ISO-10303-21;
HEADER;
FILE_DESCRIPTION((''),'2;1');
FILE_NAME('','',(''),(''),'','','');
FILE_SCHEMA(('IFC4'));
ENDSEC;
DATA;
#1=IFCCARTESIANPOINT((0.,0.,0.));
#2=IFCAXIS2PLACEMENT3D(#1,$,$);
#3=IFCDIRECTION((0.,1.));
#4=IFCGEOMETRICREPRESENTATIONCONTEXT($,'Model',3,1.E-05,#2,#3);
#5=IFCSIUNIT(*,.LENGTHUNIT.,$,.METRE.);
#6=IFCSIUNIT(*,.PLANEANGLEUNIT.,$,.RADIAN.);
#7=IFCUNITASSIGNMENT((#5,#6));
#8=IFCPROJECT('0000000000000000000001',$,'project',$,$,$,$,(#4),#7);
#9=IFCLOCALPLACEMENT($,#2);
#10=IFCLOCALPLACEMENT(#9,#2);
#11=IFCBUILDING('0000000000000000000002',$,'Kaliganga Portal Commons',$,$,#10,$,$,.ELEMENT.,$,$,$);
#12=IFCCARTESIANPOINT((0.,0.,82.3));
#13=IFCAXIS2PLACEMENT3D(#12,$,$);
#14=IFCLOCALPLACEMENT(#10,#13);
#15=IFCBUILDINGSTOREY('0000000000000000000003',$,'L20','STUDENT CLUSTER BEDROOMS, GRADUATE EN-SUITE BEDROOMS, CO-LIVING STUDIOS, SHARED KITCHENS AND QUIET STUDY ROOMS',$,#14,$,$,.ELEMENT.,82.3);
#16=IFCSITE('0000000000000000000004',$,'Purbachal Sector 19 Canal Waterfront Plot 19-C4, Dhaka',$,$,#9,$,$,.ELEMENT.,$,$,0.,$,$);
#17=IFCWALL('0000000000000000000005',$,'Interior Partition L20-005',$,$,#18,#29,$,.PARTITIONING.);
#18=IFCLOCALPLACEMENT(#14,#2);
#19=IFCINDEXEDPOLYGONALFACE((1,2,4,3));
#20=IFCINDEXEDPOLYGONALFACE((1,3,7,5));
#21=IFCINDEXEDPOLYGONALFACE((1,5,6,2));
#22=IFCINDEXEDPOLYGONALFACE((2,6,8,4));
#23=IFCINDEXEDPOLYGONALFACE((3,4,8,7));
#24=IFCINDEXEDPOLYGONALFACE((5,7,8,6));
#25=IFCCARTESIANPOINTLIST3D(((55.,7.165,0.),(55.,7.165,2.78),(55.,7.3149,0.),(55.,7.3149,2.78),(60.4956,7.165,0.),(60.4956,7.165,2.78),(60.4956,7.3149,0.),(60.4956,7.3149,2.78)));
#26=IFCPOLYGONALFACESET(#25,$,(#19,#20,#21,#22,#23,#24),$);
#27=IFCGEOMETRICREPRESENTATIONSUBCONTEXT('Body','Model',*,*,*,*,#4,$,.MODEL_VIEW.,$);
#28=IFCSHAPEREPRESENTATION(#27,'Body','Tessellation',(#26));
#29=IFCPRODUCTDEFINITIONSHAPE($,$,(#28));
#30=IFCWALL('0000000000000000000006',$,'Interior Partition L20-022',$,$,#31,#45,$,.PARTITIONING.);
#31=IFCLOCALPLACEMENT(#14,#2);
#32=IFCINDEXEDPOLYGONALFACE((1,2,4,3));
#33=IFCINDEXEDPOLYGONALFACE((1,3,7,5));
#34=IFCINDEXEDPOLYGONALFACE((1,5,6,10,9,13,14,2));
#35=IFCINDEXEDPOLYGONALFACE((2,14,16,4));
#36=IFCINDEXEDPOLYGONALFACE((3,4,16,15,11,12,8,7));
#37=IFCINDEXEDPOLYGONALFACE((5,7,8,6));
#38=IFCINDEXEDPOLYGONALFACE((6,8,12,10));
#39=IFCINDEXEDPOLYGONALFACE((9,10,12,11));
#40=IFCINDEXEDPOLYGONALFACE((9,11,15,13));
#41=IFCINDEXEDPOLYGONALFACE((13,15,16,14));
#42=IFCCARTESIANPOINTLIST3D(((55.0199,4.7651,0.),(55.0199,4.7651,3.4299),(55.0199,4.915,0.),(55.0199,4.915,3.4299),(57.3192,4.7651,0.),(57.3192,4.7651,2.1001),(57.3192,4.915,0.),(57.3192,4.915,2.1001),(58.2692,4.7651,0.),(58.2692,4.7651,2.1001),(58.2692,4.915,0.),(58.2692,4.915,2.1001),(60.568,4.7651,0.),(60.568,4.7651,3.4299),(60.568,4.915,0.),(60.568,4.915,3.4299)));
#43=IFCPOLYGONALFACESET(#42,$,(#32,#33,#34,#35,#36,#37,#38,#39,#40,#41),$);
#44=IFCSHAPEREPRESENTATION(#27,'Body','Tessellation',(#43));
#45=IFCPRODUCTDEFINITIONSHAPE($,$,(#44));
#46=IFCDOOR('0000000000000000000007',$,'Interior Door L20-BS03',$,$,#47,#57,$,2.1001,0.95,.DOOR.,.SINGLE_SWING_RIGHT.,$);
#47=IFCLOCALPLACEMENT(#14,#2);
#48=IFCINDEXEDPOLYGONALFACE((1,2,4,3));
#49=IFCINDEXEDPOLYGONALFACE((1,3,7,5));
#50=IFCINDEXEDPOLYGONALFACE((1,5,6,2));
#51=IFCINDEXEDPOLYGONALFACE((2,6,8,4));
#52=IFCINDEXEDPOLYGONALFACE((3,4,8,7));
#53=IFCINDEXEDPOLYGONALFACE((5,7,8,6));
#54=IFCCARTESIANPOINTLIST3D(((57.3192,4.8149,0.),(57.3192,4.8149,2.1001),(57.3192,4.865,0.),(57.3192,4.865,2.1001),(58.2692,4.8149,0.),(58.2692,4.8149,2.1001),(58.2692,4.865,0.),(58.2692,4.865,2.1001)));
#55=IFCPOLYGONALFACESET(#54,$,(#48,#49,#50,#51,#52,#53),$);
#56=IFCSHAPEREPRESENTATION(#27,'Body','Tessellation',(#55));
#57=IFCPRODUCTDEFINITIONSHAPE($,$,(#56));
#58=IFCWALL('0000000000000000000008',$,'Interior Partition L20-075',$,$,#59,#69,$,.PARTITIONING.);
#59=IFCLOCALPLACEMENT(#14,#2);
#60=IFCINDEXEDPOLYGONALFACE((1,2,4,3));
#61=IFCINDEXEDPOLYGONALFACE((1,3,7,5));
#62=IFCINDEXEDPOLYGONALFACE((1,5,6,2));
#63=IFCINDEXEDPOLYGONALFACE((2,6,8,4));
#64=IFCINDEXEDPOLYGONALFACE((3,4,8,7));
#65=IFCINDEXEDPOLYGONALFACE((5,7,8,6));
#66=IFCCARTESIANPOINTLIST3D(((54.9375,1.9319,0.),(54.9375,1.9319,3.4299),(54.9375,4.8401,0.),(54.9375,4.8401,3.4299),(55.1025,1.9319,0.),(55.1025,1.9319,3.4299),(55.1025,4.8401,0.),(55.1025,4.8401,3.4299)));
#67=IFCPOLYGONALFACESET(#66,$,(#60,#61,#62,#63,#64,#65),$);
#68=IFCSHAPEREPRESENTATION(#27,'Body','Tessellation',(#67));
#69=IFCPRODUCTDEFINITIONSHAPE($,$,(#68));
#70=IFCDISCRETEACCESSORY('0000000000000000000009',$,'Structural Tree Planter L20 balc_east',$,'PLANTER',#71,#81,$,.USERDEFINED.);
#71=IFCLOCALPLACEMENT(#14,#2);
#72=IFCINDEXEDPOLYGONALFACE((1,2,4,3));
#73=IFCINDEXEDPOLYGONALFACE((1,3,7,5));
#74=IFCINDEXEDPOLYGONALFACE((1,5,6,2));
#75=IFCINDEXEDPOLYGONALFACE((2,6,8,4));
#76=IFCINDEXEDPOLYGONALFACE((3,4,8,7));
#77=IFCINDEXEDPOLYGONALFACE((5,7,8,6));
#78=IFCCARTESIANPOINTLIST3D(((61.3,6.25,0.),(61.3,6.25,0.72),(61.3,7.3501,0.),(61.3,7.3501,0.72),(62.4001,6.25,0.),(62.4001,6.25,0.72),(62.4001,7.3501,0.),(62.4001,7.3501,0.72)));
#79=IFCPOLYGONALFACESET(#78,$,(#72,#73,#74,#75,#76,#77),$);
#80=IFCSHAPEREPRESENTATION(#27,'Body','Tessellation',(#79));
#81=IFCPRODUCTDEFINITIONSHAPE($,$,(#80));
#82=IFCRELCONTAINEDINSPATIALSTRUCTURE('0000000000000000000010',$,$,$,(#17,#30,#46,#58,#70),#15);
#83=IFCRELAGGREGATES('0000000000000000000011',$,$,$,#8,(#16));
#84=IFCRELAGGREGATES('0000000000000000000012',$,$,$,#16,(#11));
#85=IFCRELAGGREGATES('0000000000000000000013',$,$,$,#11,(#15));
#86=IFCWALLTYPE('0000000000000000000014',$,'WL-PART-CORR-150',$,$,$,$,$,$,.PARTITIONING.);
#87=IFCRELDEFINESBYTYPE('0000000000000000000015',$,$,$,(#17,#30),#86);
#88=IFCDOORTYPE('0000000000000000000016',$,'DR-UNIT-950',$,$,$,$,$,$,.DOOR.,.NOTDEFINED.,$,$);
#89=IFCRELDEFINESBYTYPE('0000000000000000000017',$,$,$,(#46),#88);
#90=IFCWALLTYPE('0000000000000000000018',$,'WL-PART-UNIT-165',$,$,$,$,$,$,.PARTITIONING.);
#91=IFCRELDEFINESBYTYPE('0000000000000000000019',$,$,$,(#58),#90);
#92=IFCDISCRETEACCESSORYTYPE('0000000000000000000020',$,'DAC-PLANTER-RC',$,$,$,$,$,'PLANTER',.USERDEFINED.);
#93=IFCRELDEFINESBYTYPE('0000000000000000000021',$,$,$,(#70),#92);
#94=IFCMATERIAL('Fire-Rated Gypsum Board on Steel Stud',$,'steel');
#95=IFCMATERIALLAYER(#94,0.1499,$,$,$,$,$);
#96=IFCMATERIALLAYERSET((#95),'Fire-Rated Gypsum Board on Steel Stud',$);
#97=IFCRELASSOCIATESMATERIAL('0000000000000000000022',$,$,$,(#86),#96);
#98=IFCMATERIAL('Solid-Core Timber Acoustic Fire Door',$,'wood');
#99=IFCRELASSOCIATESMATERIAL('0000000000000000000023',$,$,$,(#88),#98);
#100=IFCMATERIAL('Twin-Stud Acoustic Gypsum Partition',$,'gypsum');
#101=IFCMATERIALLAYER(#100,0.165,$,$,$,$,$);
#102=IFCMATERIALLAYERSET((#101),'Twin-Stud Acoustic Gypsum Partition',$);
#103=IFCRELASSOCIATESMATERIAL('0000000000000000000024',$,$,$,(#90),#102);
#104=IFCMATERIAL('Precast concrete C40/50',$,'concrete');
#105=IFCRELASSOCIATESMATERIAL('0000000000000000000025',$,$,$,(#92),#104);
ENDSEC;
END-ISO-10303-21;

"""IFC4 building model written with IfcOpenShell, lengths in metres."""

from ifc_helpers import new_model, si_unit, direction, frame, frame_2d, origin, origin_2d, place, context, subcontext, project, spatial, rectangle, extrude, source, transform, mapped, material, layer, layer_set, type_object, element, fill, save


model = new_model("IFC4")

# Units and contexts
model_context = context("Model", 3, precision=1e-05, world=origin(), true_north=direction((0.0, 1.0)))
body_context = subcontext(model_context, "Body", "Model", "MODEL_VIEW")
ifc_project = project(units=[si_unit("LENGTHUNIT", "METRE"), si_unit("PLANEANGLEUNIT", "RADIAN")], contexts=[model_context])

# Site, building, storey
site_placement = place(None, origin())
site = spatial("IfcSite", under=ifc_project, at=site_placement, Name="Purbachal Sector 19 Canal Waterfront Plot 19-C4, Dhaka", CompositionType="ELEMENT", RefElevation=0.0)
building_placement = place(site_placement, origin())
building = spatial("IfcBuilding", under=site, at=building_placement, Name="Kaliganga Portal Commons", CompositionType="ELEMENT")
storey_placement = place(building_placement, frame((0.0, 0.0, 82.3)))
storey = spatial("IfcBuildingStorey", under=building, at=storey_placement, Name="L20", Description="STUDENT CLUSTER BEDROOMS, GRADUATE EN-SUITE BEDROOMS, CO-LIVING STUDIOS, SHARED KITCHENS AND QUIET STUDY ROOMS", CompositionType="ELEMENT", Elevation=82.3)

# Shared definitions
ifc_material_1 = material(Name="Fire-Rated Gypsum Board on Steel Stud", Category="steel")
ifc_layer_1 = layer(ifc_material_1, 0.1499)
ifc_layer_set_1 = layer_set([ifc_layer_1], Name="Fire-Rated Gypsum Board on Steel Stud")
wall_type_1 = type_object("IfcWallType", Name="WL-PART-CORR-150", PredefinedType="PARTITIONING", material=ifc_layer_set_1)
ifc_material_2 = material(Name="Solid-Core Timber Acoustic Fire Door", Category="wood")
door_type_1 = type_object("IfcDoorType", Name="DR-UNIT-950", OperationType="NOTDEFINED", PredefinedType="DOOR", material=ifc_material_2)

# Wall
wall_1_placement = place(storey_placement, frame((55.0, 7.24, 0.0), z_axis=(0.0, 0.0, 1.0), x_axis=(1.0, 0.0, 0.0)))
element("IfcWall", 1, at=wall_1_placement, inside=storey, type_object=wall_type_1, Name="Interior Partition L20-005", PredefinedType="PARTITIONING", context=body_context, shape_type="SweptSolid", body=[
    extrude(rectangle(XDim=5.4956, YDim=0.1499, at=frame_2d((2.7478, 0.0))), origin(), (0.0, 0.0, 1.0), 2.78),
])

# Wall, opening, door
wall_2_placement = place(storey_placement, frame((55.02, 4.8401, 0.0), z_axis=(0.0, 0.0, 1.0), x_axis=(1.0, 0.0, 0.0)))
wall_2 = element("IfcWall", 2, at=wall_2_placement, inside=storey, type_object=wall_type_1, Name="Interior Partition L20-022", PredefinedType="PARTITIONING", context=body_context, shape_type="SweptSolid", body=[
    extrude(rectangle(XDim=5.5481, YDim=0.1499, at=frame_2d((2.7739, 0.0))), origin(), (0.0, 0.0, 1.0), 3.4299),
])
opening_1_placement = place(wall_2_placement, frame((2.2991, 0.0, 0.0)))
opening_1 = element("IfcOpeningElement", 3, at=opening_1_placement, cuts=wall_2, PredefinedType="OPENING", context=body_context, shape_type="SweptSolid", body=[
    extrude(rectangle(XDim=0.95, YDim=2.1001, at=frame_2d((0.4751, 1.05))), frame((0.0, 0.085, 0.0), z_axis=(0.0, -1.0, 0.0), x_axis=(1.0, 0.0, 0.0)), (0.0, 0.0, 1.0), 0.1699),
])
door_1_placement = place(opening_1_placement, origin())
door_1 = element("IfcDoor", 4, at=door_1_placement, inside=storey, type_object=door_type_1, Name="Interior Door L20-BS03", OperationType="SINGLE_SWING_RIGHT", OverallHeight=2.1001, OverallWidth=0.95, PredefinedType="DOOR", context=body_context, shape_type="SweptSolid", body=[
    extrude(rectangle(XDim=0.95, YDim=2.1001, at=frame_2d((0.4751, 1.05))), frame((0.0, 0.0249, 0.0), z_axis=(0.0, -1.0, 0.0), x_axis=(1.0, 0.0, 0.0)), (0.0, 0.0, 1.0), 0.05),
])
fill(opening_1, door_1)

# Wall
ifc_material_3 = material(Name="Twin-Stud Acoustic Gypsum Partition", Category="gypsum")
ifc_layer_2 = layer(ifc_material_3, 0.165)
ifc_layer_set_2 = layer_set([ifc_layer_2], Name="Twin-Stud Acoustic Gypsum Partition")
wall_type_2 = type_object("IfcWallType", Name="WL-PART-UNIT-165", PredefinedType="PARTITIONING", material=ifc_layer_set_2)
wall_3_placement = place(storey_placement, frame((55.02, 1.9319, 0.0), z_axis=(0.0, 0.0, 1.0), x_axis=(0.0, 1.0, 0.0)))
element("IfcWall", 5, at=wall_3_placement, inside=storey, type_object=wall_type_2, Name="Interior Partition L20-075", PredefinedType="PARTITIONING", context=body_context, shape_type="SweptSolid", body=[
    extrude(rectangle(XDim=2.9082, YDim=0.165, at=frame_2d((1.4541, 0.0))), origin(), (0.0, 0.0, 1.0), 3.4299),
])

# Discrete accessory
ifc_material_4 = material(Name="Precast concrete C40/50", Category="concrete")
discrete_accessory_type = type_object("IfcDiscreteAccessoryType", Name="DAC-PLANTER-RC", ElementType="PLANTER", PredefinedType="USERDEFINED", material=ifc_material_4)
shared_shape_1 = source(origin(), body_context, "Body", "SweptSolid", [
    extrude(rectangle(XDim=1.1001, YDim=1.1001, at=origin_2d()), origin(), (0.0, 0.0, 1.0), 0.72),
])
discrete_accessory_placement = place(storey_placement, frame((61.8501, 6.8, 0.0), z_axis=(0.0, 0.0, 1.0), x_axis=(1.0, 0.0, 0.0)))
element("IfcDiscreteAccessory", 6, at=discrete_accessory_placement, inside=storey, type_object=discrete_accessory_type, Name="Structural Tree Planter L20 balc_east", ObjectType="PLANTER", PredefinedType="USERDEFINED", context=body_context, shape_type="MappedRepresentation", body=[
    mapped(shared_shape_1, transform((0.0, 0.0, 0.0), x_axis=(1.0, 0.0, 0.0), y_axis=(0.0, 1.0, 0.0), z_axis=(0.0, 0.0, 1.0), scale=1.0)),
])

save(model, "model.ifc")
